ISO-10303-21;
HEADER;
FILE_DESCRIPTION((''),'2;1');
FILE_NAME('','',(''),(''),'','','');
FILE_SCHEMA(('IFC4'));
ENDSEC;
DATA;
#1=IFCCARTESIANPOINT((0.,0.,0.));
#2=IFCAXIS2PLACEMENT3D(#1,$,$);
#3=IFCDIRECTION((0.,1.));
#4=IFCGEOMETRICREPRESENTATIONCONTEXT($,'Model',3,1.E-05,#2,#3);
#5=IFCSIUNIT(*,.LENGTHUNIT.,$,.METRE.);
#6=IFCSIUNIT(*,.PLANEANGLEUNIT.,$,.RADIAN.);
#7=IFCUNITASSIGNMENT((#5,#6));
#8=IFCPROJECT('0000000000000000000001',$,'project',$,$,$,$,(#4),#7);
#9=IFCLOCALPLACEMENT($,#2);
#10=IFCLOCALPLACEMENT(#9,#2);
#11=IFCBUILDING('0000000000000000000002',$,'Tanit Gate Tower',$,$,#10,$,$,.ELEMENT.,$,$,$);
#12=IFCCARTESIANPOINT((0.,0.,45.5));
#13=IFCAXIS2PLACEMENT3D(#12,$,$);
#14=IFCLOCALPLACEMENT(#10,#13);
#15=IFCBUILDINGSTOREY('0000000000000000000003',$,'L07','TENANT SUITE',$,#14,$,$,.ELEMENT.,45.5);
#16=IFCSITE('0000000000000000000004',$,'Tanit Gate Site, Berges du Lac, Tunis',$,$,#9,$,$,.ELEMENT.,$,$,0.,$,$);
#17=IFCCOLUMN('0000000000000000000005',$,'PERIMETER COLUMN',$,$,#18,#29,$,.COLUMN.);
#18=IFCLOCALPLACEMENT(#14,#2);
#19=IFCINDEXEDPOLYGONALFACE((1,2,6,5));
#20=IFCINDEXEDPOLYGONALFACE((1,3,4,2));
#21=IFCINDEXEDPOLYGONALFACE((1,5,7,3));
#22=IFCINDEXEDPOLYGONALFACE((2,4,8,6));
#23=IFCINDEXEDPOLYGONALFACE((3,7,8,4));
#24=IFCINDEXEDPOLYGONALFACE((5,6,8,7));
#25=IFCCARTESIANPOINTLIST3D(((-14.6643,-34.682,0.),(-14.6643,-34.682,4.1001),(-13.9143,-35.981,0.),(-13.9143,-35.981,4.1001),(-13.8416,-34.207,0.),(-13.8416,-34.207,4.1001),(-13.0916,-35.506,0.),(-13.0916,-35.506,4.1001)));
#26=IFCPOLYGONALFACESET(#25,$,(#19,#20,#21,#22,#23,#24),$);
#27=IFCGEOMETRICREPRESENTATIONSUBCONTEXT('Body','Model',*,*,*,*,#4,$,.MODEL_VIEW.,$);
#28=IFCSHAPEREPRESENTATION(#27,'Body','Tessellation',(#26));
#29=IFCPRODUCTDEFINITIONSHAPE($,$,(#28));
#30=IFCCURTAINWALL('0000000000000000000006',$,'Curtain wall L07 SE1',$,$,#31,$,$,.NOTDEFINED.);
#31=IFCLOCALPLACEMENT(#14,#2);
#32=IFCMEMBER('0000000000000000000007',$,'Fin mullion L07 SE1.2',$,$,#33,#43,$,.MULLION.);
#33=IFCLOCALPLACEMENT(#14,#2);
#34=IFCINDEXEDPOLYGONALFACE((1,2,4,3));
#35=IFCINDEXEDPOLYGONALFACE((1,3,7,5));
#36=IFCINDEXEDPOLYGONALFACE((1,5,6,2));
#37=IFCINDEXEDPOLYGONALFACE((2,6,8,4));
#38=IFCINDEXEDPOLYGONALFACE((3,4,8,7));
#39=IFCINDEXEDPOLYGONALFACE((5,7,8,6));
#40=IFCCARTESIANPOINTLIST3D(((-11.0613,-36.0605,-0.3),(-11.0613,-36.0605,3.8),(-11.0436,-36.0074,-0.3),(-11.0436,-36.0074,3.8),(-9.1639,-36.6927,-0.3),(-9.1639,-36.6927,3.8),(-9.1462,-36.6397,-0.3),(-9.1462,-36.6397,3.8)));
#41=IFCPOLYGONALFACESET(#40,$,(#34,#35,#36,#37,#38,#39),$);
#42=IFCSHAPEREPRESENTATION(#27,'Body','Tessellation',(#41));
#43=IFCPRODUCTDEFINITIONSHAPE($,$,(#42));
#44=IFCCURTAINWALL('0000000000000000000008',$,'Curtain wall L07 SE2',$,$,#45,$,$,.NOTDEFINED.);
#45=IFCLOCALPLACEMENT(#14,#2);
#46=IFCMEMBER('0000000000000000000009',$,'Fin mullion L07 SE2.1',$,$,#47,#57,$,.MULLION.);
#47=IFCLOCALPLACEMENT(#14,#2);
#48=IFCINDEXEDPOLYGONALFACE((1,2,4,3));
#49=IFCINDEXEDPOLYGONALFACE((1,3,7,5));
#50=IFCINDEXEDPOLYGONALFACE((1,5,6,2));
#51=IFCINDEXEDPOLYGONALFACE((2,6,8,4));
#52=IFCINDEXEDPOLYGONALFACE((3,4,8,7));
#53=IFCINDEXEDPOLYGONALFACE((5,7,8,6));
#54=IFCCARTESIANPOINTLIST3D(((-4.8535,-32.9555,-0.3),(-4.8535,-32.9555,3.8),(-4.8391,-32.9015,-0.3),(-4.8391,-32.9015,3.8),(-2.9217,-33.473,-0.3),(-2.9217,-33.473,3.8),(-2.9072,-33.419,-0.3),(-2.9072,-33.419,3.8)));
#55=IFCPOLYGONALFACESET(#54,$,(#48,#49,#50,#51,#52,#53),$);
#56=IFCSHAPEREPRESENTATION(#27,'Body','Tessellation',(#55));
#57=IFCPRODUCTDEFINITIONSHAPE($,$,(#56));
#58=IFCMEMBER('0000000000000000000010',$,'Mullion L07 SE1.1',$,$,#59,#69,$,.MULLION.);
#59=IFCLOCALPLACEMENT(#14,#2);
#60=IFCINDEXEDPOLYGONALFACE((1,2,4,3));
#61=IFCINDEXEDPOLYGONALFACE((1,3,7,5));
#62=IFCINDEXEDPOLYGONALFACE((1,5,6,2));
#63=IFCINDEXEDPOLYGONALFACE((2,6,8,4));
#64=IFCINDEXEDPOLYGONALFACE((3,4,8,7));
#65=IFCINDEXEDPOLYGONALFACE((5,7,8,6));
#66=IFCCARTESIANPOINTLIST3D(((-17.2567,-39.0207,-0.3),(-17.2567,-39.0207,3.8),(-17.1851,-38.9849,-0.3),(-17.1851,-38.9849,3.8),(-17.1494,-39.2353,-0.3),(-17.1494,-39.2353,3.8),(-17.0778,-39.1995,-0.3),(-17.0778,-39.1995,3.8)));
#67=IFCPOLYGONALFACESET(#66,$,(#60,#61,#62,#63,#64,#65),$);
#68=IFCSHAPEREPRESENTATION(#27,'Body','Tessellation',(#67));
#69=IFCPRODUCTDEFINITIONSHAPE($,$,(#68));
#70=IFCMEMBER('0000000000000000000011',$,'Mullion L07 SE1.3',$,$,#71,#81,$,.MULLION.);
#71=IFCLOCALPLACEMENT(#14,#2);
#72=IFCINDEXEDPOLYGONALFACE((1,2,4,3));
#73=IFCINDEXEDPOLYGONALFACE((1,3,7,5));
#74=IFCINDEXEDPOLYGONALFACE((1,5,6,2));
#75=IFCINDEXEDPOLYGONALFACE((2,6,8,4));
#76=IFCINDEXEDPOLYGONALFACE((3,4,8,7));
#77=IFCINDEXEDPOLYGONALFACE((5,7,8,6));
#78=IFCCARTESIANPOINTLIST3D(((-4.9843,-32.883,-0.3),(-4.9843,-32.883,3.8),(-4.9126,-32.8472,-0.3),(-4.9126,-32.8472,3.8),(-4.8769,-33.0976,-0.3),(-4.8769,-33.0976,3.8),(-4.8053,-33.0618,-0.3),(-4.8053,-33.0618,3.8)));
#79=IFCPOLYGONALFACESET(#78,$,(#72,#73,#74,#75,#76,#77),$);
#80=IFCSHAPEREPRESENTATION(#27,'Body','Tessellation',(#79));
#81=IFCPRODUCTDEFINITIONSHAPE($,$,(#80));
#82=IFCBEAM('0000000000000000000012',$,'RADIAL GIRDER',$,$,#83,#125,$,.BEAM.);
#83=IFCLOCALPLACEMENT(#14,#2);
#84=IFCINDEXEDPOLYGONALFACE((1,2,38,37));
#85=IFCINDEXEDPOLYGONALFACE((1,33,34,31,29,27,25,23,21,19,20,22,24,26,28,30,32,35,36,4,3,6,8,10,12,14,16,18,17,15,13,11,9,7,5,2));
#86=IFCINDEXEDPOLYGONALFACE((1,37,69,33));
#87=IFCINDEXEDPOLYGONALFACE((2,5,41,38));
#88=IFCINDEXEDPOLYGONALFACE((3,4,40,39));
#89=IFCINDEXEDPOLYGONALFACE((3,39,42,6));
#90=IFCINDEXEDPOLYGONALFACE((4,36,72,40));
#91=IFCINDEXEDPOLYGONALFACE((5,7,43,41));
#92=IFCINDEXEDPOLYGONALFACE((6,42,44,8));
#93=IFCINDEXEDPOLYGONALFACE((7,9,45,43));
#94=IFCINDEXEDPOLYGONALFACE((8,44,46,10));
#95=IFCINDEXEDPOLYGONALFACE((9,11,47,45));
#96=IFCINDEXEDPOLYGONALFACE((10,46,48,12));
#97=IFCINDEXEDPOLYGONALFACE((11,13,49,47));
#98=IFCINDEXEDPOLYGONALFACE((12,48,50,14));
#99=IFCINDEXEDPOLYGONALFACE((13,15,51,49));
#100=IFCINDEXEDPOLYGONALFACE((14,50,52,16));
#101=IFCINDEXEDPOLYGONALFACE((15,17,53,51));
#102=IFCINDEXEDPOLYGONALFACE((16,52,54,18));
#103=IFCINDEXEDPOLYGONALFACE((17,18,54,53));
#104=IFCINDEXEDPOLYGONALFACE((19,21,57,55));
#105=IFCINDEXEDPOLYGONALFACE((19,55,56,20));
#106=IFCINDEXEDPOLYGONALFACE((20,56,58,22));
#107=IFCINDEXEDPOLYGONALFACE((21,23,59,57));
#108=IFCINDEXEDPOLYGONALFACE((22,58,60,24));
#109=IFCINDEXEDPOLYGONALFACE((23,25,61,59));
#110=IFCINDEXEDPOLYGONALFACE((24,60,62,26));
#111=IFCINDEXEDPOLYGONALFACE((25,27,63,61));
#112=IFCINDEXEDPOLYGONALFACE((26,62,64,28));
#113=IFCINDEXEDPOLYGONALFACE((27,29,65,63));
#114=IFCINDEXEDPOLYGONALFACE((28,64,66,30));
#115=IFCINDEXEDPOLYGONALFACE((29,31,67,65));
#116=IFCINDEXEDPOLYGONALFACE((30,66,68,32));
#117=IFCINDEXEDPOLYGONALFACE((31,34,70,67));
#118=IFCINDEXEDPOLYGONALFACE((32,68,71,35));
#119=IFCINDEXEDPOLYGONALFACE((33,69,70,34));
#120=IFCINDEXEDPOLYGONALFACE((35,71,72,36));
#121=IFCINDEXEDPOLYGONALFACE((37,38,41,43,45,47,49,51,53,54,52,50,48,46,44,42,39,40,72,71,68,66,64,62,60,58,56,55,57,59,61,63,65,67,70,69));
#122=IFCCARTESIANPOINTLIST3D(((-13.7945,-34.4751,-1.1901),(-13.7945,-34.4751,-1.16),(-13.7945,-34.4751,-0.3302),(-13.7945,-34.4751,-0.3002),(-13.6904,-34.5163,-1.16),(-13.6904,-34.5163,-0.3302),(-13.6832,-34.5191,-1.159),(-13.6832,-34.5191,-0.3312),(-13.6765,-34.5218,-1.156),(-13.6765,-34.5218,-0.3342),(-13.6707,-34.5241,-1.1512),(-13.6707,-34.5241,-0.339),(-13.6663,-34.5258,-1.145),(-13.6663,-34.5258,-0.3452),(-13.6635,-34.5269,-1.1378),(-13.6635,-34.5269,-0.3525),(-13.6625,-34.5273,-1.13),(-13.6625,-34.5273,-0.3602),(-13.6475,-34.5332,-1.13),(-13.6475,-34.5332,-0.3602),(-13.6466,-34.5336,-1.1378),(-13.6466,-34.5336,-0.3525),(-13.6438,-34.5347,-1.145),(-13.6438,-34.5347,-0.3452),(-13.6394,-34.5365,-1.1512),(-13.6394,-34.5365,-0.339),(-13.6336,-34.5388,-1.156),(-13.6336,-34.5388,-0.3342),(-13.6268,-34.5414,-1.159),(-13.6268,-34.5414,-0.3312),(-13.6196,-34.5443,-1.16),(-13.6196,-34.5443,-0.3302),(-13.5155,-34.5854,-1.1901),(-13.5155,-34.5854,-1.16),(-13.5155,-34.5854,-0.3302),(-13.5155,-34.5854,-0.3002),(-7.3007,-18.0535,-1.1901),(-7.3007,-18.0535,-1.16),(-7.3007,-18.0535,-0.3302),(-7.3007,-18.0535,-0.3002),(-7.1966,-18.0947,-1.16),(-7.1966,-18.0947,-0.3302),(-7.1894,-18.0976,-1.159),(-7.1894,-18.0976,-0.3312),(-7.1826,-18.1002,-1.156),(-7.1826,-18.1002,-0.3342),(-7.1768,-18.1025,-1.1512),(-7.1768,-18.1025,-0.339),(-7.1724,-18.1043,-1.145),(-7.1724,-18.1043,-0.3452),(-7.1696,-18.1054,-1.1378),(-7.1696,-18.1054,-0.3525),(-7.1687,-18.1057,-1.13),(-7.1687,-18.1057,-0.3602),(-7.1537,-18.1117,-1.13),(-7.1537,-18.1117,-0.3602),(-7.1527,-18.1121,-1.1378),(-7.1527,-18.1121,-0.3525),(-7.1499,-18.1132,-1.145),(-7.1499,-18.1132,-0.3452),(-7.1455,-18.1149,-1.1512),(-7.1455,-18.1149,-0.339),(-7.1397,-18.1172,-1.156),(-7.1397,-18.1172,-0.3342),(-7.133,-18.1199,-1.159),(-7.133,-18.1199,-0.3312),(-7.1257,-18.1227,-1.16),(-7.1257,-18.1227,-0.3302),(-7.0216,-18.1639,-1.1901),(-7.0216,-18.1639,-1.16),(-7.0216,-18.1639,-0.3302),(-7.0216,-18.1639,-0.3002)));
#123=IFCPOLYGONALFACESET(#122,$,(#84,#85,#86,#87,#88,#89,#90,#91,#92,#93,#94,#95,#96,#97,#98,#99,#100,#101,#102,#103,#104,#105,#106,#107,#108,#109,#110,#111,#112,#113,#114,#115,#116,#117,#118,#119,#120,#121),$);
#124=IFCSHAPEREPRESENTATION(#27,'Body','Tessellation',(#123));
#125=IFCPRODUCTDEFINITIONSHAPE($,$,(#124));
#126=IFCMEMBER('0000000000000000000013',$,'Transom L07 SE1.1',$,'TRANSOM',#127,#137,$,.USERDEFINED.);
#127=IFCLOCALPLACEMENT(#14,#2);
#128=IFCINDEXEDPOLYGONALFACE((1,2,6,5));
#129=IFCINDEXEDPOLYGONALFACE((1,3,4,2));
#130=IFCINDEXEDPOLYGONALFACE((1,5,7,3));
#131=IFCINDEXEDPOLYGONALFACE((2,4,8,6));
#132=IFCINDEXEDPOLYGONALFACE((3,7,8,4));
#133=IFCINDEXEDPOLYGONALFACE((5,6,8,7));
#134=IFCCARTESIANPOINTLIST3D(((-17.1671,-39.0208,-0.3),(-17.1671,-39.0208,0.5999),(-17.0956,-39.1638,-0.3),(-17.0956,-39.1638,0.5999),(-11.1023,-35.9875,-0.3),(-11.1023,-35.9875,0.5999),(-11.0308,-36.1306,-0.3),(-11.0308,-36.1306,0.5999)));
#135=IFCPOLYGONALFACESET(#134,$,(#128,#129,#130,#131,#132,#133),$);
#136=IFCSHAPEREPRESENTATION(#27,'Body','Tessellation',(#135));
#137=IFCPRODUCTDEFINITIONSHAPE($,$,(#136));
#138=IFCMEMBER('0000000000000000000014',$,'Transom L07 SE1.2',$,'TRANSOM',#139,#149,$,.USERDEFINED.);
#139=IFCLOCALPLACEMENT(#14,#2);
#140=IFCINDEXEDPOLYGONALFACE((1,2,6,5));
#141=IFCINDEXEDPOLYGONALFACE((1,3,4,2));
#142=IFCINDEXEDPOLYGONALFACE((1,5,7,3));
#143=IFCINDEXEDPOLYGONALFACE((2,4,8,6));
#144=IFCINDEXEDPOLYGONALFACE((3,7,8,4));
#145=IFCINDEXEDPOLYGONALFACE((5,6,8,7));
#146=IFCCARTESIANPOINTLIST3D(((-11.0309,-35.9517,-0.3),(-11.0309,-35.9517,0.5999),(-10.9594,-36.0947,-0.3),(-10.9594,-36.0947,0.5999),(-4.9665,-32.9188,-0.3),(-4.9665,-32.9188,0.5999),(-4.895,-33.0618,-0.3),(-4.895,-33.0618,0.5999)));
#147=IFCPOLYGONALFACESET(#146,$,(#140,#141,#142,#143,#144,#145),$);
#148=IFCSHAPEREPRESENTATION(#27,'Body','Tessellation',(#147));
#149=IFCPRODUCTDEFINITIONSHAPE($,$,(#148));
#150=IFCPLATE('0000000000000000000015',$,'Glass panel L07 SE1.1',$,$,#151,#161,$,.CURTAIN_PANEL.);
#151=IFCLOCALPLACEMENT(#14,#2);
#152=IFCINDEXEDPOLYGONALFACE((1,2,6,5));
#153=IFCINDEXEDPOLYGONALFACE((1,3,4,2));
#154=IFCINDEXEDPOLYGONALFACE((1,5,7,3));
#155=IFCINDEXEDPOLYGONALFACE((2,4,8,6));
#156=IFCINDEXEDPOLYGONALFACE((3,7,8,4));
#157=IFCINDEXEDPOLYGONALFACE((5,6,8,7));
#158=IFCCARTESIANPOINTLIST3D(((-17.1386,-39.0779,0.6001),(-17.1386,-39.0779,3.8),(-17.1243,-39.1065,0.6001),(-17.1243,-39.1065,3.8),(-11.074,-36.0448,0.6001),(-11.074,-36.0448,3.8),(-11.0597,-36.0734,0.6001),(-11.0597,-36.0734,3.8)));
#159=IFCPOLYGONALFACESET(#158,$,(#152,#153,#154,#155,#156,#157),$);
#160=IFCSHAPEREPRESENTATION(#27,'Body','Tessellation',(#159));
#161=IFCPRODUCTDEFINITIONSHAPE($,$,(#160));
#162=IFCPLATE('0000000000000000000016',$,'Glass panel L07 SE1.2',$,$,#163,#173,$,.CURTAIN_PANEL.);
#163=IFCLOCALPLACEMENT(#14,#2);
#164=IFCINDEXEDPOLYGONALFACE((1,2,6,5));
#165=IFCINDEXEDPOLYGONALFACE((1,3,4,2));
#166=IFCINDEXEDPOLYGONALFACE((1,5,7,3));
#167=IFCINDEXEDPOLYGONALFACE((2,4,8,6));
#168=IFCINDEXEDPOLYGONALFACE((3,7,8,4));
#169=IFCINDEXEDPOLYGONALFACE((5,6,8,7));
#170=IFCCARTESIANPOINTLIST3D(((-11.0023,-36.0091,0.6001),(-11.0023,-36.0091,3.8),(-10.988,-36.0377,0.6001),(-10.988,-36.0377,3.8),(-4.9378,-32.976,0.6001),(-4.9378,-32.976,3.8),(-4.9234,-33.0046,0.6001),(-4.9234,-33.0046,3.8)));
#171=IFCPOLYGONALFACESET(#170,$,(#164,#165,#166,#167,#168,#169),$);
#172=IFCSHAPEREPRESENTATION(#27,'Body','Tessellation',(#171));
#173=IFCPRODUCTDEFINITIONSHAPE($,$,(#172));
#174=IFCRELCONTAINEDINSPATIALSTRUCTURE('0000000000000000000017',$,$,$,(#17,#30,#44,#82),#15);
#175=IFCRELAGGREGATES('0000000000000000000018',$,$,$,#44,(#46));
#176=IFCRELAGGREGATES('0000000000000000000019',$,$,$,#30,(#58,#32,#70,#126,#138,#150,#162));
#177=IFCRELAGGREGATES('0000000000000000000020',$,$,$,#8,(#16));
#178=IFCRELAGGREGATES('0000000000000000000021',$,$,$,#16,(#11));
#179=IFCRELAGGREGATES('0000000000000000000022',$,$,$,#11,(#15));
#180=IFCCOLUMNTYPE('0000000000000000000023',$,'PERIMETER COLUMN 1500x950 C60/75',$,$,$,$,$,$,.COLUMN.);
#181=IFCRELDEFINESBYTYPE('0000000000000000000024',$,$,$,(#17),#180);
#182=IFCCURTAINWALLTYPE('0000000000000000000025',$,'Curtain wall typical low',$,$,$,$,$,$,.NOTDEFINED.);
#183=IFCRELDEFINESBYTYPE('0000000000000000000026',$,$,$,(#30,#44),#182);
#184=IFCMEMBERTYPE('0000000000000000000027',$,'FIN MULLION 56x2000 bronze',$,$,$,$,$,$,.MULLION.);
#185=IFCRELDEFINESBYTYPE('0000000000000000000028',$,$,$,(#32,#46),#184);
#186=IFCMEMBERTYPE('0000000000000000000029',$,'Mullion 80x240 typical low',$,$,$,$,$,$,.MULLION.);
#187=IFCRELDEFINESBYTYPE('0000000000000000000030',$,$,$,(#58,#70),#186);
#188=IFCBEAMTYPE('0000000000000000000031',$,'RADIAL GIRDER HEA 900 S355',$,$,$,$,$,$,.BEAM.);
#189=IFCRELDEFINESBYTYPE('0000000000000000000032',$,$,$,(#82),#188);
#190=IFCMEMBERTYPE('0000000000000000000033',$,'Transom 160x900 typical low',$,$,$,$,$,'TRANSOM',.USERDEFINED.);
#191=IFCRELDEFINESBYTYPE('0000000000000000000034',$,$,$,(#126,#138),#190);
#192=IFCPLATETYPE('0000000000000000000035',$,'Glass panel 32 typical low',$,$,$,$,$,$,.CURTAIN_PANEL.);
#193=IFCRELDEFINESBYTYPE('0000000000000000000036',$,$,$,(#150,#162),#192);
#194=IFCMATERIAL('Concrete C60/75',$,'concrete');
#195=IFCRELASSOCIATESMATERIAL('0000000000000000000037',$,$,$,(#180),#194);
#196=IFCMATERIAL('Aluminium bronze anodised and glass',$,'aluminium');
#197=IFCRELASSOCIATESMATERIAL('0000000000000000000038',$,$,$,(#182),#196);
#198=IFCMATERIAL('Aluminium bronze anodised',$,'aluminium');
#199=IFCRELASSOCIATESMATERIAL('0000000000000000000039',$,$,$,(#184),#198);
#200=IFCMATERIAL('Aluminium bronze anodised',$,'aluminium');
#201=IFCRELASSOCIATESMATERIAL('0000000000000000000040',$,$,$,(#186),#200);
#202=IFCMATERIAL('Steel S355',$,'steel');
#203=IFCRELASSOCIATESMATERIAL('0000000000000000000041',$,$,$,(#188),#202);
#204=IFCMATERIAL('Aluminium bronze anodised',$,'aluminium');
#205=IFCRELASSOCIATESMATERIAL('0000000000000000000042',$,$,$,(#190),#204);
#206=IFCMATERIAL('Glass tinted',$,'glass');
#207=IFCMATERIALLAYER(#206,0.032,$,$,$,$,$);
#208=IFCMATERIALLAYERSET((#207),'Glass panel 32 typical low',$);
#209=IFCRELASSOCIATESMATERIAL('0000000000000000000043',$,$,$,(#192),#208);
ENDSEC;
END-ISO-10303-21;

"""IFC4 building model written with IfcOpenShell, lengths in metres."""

from ifc_helpers import new_model, si_unit, direction, frame, origin, origin_2d, place, context, subcontext, project, spatial, rectangle, i_section, extrude, material, layer, layer_set, material_profile, profile_set, type_object, element, aggregate, save


model = new_model("IFC4")

# Units and contexts
model_context = context("Model", 3, precision=1e-05, world=origin(), true_north=direction((0.0, 1.0)))
body_context = subcontext(model_context, "Body", "Model", "MODEL_VIEW")
ifc_project = project(units=[si_unit("LENGTHUNIT", "METRE"), si_unit("PLANEANGLEUNIT", "RADIAN")], contexts=[model_context])

# Site, building, storey
site_placement = place(None, origin())
site = spatial("IfcSite", under=ifc_project, at=site_placement, Name="Tanit Gate Site, Berges du Lac, Tunis", CompositionType="ELEMENT", RefElevation=0.0)
building_placement = place(site_placement, origin())
building = spatial("IfcBuilding", under=site, at=building_placement, Name="Tanit Gate Tower", CompositionType="ELEMENT")
storey_placement = place(building_placement, frame((0.0, 0.0, 45.5)))
storey = spatial("IfcBuildingStorey", under=building, at=storey_placement, Name="L07", Description="TENANT SUITE", CompositionType="ELEMENT", Elevation=45.5)

# Column
ifc_material_1 = material(Name="Concrete C60/75", Category="concrete")
ifc_material_profile_1 = material_profile(ifc_material_1, rectangle(XDim=1.5, YDim=0.95, at=origin_2d()), Name="RC 1500x950")
ifc_profile_set_1 = profile_set([ifc_material_profile_1], Name="Concrete C60/75")
column_type = type_object("IfcColumnType", Name="PERIMETER COLUMN 1500x950 C60/75", PredefinedType="COLUMN", material=ifc_profile_set_1)
column_placement = place(storey_placement, frame((-13.8779, -35.094, 0.0), z_axis=(0.0, 0.0, 1.0), x_axis=(0.5, -0.866025, 0.0)))
element("IfcColumn", 1, at=column_placement, inside=storey, type_object=column_type, Name="PERIMETER COLUMN", PredefinedType="COLUMN", context=body_context, shape_type="SweptSolid", body=[
    extrude(rectangle(XDim=1.5, YDim=0.95, at=origin_2d()), origin(), (0.0, 0.0, 1.0), 4.1001),
])

# Curtain walls, members
ifc_material_2 = material(Name="Aluminium bronze anodised and glass", Category="aluminium")
curtain_wall_type = type_object("IfcCurtainWallType", Name="Curtain wall typical low", PredefinedType="NOTDEFINED", material=ifc_material_2)
curtain_wall_1_placement = place(storey_placement, origin())
curtain_wall_1 = element("IfcCurtainWall", 2, at=curtain_wall_1_placement, inside=storey, type_object=curtain_wall_type, Name="Curtain wall L07 SE1", PredefinedType="NOTDEFINED")
ifc_material_3 = material(Name="Aluminium bronze anodised", Category="aluminium")
ifc_material_profile_2 = material_profile(ifc_material_3, rectangle(XDim=2.0, YDim=0.0559, at=origin_2d()), Name="56x2000 bronze fin mullion")
ifc_profile_set_2 = profile_set([ifc_material_profile_2], Name="Aluminium bronze anodised")
member_type_1 = type_object("IfcMemberType", Name="FIN MULLION 56x2000 bronze", PredefinedType="MULLION", material=ifc_profile_set_2)
member_1_placement = place(storey_placement, frame((-10.1038, -36.3501, -0.3), z_axis=(0.0, 0.0, 1.0), x_axis=(-0.948716, 0.316129, 0.0)))
member_1 = element("IfcMember", 3, at=member_1_placement, type_object=member_type_1, Name="Fin mullion L07 SE1.2", PredefinedType="MULLION", context=body_context, shape_type="SweptSolid", body=[
    extrude(rectangle(XDim=2.0, YDim=0.0559, at=origin_2d()), origin(), (0.0, 0.0, 1.0), 4.1001),
])
curtain_wall_2_placement = place(storey_placement, origin())
curtain_wall_2 = element("IfcCurtainWall", 4, at=curtain_wall_2_placement, inside=storey, type_object=curtain_wall_type, Name="Curtain wall L07 SE2", PredefinedType="NOTDEFINED")
member_2_placement = place(storey_placement, frame((-3.8804, -33.1873, -0.3), z_axis=(0.0, 0.0, 1.0), x_axis=(-0.965944, 0.258752, 0.0)))
member_2 = element("IfcMember", 5, at=member_2_placement, type_object=member_type_1, Name="Fin mullion L07 SE2.1", PredefinedType="MULLION", context=body_context, shape_type="SweptSolid", body=[
    extrude(rectangle(XDim=2.0, YDim=0.0559, at=origin_2d()), origin(), (0.0, 0.0, 1.0), 4.1001),
])
aggregate(curtain_wall_2, [member_2])

# Members
ifc_material_4 = material(Name="Aluminium bronze anodised", Category="aluminium")
ifc_material_profile_3 = material_profile(ifc_material_4, rectangle(XDim=0.24, YDim=0.0801, at=origin_2d()), Name="80x240 bronze mullion")
ifc_profile_set_3 = profile_set([ifc_material_profile_3], Name="Aluminium bronze anodised")
member_type_2 = type_object("IfcMemberType", Name="Mullion 80x240 typical low", PredefinedType="MULLION", material=ifc_profile_set_3)
member_3_placement = place(storey_placement, frame((-17.1672, -39.1101, -0.3), z_axis=(0.0, 0.0, 1.0), x_axis=(-0.447307, 0.894381, 0.0)))
member_3 = element("IfcMember", 6, at=member_3_placement, type_object=member_type_2, Name="Mullion L07 SE1.1", PredefinedType="MULLION", context=body_context, shape_type="SweptSolid", body=[
    extrude(rectangle(XDim=0.24, YDim=0.0801, at=origin_2d()), origin(), (0.0, 0.0, 1.0), 4.1001),
])
member_4_placement = place(storey_placement, frame((-4.8948, -32.9724, -0.3), z_axis=(0.0, 0.0, 1.0), x_axis=(-0.447307, 0.894381, 0.0)))
member_4 = element("IfcMember", 7, at=member_4_placement, type_object=member_type_2, Name="Mullion L07 SE1.3", PredefinedType="MULLION", context=body_context, shape_type="SweptSolid", body=[
    extrude(rectangle(XDim=0.24, YDim=0.0801, at=origin_2d()), origin(), (0.0, 0.0, 1.0), 4.1001),
])

# Beam
ifc_material_5 = material(Name="Steel S355", Category="steel")
ifc_material_profile_4 = material_profile(ifc_material_5, i_section(OverallWidth=0.3, OverallDepth=0.8899, WebThickness=0.0161, FlangeThickness=0.03, FilletRadius=0.03, at=origin_2d()), Name="HEA 900")
ifc_profile_set_4 = profile_set([ifc_material_profile_4], Name="Steel S355")
beam_type = type_object("IfcBeamType", Name="RADIAL GIRDER HEA 900 S355", PredefinedType="BEAM", material=ifc_profile_set_4)
beam_placement = place(storey_placement, frame((-13.655, -34.5303, -0.7451), z_axis=(0.367738, 0.929929, 0.0), x_axis=(-0.929929, 0.367738, 0.0)))
element("IfcBeam", 8, at=beam_placement, inside=storey, type_object=beam_type, Name="RADIAL GIRDER", PredefinedType="BEAM", context=body_context, shape_type="SweptSolid", body=[
    extrude(i_section(OverallWidth=0.3, OverallDepth=0.8899, WebThickness=0.0161, FlangeThickness=0.03, FilletRadius=0.03, at=origin_2d()), origin(), (0.0, 0.0, 1.0), 17.6589),
])

# Members
ifc_material_6 = material(Name="Aluminium bronze anodised", Category="aluminium")
ifc_material_profile_5 = material_profile(ifc_material_6, rectangle(XDim=0.1599, YDim=0.8999, at=origin_2d()), Name="160x900 bronze transom")
ifc_profile_set_5 = profile_set([ifc_material_profile_5], Name="Aluminium bronze anodised")
member_type_3 = type_object("IfcMemberType", Name="Transom 160x900 typical low", ElementType="TRANSOM", PredefinedType="USERDEFINED", material=ifc_profile_set_5)
member_5_placement = place(storey_placement, frame((-17.1313, -39.0923, 0.1499), z_axis=(0.894377, 0.447314, 0.0), x_axis=(-0.447314, 0.894377, 0.0)))
member_5 = element("IfcMember", 9, at=member_5_placement, type_object=member_type_3, Name="Transom L07 SE1.1", ObjectType="TRANSOM", PredefinedType="USERDEFINED", context=body_context, shape_type="SweptSolid", body=[
    extrude(rectangle(XDim=0.1599, YDim=0.8999, at=origin_2d()), origin(), (0.0, 0.0, 1.0), 6.781),
])
member_6_placement = place(storey_placement, frame((-10.9951, -36.0232, 0.1499), z_axis=(0.894384, 0.4473, 0.0), x_axis=(-0.4473, 0.894384, 0.0)))
member_6 = element("IfcMember", 10, at=member_6_placement, type_object=member_type_3, Name="Transom L07 SE1.2", ObjectType="TRANSOM", PredefinedType="USERDEFINED", context=body_context, shape_type="SweptSolid", body=[
    extrude(rectangle(XDim=0.1599, YDim=0.8999, at=origin_2d()), origin(), (0.0, 0.0, 1.0), 6.7805),
])

# Plates
ifc_material_7 = material(Name="Glass tinted", Category="glass")
ifc_layer = layer(ifc_material_7, 0.032)
ifc_layer_set = layer_set([ifc_layer], Name="Glass panel 32 typical low")
plate_type = type_object("IfcPlateType", Name="Glass panel 32 typical low", PredefinedType="CURTAIN_PANEL", material=ifc_layer_set)
plate_1_placement = place(storey_placement, frame((-14.0991, -37.5757, 0.6001), z_axis=(0.0, 0.0, 1.0), x_axis=(0.894381, 0.447307, 0.0)))
plate_1 = element("IfcPlate", 11, at=plate_1_placement, type_object=plate_type, Name="Glass panel L07 SE1.1", PredefinedType="CURTAIN_PANEL", context=body_context, shape_type="SweptSolid", body=[
    extrude(rectangle(XDim=6.7808, YDim=0.032, at=origin_2d()), origin(), (0.0, 0.0, 1.0), 3.2),
])
plate_2_placement = place(storey_placement, frame((-7.9629, -34.5068, 0.6001), z_axis=(0.0, 0.0, 1.0), x_axis=(0.894381, 0.447307, 0.0)))
plate_2 = element("IfcPlate", 12, at=plate_2_placement, type_object=plate_type, Name="Glass panel L07 SE1.2", PredefinedType="CURTAIN_PANEL", context=body_context, shape_type="SweptSolid", body=[
    extrude(rectangle(XDim=6.7808, YDim=0.032, at=origin_2d()), origin(), (0.0, 0.0, 1.0), 3.2),
])
aggregate(curtain_wall_1, [member_3, member_1, member_4, member_5, member_6, plate_1, plate_2])

save(model, "model.ifc")
